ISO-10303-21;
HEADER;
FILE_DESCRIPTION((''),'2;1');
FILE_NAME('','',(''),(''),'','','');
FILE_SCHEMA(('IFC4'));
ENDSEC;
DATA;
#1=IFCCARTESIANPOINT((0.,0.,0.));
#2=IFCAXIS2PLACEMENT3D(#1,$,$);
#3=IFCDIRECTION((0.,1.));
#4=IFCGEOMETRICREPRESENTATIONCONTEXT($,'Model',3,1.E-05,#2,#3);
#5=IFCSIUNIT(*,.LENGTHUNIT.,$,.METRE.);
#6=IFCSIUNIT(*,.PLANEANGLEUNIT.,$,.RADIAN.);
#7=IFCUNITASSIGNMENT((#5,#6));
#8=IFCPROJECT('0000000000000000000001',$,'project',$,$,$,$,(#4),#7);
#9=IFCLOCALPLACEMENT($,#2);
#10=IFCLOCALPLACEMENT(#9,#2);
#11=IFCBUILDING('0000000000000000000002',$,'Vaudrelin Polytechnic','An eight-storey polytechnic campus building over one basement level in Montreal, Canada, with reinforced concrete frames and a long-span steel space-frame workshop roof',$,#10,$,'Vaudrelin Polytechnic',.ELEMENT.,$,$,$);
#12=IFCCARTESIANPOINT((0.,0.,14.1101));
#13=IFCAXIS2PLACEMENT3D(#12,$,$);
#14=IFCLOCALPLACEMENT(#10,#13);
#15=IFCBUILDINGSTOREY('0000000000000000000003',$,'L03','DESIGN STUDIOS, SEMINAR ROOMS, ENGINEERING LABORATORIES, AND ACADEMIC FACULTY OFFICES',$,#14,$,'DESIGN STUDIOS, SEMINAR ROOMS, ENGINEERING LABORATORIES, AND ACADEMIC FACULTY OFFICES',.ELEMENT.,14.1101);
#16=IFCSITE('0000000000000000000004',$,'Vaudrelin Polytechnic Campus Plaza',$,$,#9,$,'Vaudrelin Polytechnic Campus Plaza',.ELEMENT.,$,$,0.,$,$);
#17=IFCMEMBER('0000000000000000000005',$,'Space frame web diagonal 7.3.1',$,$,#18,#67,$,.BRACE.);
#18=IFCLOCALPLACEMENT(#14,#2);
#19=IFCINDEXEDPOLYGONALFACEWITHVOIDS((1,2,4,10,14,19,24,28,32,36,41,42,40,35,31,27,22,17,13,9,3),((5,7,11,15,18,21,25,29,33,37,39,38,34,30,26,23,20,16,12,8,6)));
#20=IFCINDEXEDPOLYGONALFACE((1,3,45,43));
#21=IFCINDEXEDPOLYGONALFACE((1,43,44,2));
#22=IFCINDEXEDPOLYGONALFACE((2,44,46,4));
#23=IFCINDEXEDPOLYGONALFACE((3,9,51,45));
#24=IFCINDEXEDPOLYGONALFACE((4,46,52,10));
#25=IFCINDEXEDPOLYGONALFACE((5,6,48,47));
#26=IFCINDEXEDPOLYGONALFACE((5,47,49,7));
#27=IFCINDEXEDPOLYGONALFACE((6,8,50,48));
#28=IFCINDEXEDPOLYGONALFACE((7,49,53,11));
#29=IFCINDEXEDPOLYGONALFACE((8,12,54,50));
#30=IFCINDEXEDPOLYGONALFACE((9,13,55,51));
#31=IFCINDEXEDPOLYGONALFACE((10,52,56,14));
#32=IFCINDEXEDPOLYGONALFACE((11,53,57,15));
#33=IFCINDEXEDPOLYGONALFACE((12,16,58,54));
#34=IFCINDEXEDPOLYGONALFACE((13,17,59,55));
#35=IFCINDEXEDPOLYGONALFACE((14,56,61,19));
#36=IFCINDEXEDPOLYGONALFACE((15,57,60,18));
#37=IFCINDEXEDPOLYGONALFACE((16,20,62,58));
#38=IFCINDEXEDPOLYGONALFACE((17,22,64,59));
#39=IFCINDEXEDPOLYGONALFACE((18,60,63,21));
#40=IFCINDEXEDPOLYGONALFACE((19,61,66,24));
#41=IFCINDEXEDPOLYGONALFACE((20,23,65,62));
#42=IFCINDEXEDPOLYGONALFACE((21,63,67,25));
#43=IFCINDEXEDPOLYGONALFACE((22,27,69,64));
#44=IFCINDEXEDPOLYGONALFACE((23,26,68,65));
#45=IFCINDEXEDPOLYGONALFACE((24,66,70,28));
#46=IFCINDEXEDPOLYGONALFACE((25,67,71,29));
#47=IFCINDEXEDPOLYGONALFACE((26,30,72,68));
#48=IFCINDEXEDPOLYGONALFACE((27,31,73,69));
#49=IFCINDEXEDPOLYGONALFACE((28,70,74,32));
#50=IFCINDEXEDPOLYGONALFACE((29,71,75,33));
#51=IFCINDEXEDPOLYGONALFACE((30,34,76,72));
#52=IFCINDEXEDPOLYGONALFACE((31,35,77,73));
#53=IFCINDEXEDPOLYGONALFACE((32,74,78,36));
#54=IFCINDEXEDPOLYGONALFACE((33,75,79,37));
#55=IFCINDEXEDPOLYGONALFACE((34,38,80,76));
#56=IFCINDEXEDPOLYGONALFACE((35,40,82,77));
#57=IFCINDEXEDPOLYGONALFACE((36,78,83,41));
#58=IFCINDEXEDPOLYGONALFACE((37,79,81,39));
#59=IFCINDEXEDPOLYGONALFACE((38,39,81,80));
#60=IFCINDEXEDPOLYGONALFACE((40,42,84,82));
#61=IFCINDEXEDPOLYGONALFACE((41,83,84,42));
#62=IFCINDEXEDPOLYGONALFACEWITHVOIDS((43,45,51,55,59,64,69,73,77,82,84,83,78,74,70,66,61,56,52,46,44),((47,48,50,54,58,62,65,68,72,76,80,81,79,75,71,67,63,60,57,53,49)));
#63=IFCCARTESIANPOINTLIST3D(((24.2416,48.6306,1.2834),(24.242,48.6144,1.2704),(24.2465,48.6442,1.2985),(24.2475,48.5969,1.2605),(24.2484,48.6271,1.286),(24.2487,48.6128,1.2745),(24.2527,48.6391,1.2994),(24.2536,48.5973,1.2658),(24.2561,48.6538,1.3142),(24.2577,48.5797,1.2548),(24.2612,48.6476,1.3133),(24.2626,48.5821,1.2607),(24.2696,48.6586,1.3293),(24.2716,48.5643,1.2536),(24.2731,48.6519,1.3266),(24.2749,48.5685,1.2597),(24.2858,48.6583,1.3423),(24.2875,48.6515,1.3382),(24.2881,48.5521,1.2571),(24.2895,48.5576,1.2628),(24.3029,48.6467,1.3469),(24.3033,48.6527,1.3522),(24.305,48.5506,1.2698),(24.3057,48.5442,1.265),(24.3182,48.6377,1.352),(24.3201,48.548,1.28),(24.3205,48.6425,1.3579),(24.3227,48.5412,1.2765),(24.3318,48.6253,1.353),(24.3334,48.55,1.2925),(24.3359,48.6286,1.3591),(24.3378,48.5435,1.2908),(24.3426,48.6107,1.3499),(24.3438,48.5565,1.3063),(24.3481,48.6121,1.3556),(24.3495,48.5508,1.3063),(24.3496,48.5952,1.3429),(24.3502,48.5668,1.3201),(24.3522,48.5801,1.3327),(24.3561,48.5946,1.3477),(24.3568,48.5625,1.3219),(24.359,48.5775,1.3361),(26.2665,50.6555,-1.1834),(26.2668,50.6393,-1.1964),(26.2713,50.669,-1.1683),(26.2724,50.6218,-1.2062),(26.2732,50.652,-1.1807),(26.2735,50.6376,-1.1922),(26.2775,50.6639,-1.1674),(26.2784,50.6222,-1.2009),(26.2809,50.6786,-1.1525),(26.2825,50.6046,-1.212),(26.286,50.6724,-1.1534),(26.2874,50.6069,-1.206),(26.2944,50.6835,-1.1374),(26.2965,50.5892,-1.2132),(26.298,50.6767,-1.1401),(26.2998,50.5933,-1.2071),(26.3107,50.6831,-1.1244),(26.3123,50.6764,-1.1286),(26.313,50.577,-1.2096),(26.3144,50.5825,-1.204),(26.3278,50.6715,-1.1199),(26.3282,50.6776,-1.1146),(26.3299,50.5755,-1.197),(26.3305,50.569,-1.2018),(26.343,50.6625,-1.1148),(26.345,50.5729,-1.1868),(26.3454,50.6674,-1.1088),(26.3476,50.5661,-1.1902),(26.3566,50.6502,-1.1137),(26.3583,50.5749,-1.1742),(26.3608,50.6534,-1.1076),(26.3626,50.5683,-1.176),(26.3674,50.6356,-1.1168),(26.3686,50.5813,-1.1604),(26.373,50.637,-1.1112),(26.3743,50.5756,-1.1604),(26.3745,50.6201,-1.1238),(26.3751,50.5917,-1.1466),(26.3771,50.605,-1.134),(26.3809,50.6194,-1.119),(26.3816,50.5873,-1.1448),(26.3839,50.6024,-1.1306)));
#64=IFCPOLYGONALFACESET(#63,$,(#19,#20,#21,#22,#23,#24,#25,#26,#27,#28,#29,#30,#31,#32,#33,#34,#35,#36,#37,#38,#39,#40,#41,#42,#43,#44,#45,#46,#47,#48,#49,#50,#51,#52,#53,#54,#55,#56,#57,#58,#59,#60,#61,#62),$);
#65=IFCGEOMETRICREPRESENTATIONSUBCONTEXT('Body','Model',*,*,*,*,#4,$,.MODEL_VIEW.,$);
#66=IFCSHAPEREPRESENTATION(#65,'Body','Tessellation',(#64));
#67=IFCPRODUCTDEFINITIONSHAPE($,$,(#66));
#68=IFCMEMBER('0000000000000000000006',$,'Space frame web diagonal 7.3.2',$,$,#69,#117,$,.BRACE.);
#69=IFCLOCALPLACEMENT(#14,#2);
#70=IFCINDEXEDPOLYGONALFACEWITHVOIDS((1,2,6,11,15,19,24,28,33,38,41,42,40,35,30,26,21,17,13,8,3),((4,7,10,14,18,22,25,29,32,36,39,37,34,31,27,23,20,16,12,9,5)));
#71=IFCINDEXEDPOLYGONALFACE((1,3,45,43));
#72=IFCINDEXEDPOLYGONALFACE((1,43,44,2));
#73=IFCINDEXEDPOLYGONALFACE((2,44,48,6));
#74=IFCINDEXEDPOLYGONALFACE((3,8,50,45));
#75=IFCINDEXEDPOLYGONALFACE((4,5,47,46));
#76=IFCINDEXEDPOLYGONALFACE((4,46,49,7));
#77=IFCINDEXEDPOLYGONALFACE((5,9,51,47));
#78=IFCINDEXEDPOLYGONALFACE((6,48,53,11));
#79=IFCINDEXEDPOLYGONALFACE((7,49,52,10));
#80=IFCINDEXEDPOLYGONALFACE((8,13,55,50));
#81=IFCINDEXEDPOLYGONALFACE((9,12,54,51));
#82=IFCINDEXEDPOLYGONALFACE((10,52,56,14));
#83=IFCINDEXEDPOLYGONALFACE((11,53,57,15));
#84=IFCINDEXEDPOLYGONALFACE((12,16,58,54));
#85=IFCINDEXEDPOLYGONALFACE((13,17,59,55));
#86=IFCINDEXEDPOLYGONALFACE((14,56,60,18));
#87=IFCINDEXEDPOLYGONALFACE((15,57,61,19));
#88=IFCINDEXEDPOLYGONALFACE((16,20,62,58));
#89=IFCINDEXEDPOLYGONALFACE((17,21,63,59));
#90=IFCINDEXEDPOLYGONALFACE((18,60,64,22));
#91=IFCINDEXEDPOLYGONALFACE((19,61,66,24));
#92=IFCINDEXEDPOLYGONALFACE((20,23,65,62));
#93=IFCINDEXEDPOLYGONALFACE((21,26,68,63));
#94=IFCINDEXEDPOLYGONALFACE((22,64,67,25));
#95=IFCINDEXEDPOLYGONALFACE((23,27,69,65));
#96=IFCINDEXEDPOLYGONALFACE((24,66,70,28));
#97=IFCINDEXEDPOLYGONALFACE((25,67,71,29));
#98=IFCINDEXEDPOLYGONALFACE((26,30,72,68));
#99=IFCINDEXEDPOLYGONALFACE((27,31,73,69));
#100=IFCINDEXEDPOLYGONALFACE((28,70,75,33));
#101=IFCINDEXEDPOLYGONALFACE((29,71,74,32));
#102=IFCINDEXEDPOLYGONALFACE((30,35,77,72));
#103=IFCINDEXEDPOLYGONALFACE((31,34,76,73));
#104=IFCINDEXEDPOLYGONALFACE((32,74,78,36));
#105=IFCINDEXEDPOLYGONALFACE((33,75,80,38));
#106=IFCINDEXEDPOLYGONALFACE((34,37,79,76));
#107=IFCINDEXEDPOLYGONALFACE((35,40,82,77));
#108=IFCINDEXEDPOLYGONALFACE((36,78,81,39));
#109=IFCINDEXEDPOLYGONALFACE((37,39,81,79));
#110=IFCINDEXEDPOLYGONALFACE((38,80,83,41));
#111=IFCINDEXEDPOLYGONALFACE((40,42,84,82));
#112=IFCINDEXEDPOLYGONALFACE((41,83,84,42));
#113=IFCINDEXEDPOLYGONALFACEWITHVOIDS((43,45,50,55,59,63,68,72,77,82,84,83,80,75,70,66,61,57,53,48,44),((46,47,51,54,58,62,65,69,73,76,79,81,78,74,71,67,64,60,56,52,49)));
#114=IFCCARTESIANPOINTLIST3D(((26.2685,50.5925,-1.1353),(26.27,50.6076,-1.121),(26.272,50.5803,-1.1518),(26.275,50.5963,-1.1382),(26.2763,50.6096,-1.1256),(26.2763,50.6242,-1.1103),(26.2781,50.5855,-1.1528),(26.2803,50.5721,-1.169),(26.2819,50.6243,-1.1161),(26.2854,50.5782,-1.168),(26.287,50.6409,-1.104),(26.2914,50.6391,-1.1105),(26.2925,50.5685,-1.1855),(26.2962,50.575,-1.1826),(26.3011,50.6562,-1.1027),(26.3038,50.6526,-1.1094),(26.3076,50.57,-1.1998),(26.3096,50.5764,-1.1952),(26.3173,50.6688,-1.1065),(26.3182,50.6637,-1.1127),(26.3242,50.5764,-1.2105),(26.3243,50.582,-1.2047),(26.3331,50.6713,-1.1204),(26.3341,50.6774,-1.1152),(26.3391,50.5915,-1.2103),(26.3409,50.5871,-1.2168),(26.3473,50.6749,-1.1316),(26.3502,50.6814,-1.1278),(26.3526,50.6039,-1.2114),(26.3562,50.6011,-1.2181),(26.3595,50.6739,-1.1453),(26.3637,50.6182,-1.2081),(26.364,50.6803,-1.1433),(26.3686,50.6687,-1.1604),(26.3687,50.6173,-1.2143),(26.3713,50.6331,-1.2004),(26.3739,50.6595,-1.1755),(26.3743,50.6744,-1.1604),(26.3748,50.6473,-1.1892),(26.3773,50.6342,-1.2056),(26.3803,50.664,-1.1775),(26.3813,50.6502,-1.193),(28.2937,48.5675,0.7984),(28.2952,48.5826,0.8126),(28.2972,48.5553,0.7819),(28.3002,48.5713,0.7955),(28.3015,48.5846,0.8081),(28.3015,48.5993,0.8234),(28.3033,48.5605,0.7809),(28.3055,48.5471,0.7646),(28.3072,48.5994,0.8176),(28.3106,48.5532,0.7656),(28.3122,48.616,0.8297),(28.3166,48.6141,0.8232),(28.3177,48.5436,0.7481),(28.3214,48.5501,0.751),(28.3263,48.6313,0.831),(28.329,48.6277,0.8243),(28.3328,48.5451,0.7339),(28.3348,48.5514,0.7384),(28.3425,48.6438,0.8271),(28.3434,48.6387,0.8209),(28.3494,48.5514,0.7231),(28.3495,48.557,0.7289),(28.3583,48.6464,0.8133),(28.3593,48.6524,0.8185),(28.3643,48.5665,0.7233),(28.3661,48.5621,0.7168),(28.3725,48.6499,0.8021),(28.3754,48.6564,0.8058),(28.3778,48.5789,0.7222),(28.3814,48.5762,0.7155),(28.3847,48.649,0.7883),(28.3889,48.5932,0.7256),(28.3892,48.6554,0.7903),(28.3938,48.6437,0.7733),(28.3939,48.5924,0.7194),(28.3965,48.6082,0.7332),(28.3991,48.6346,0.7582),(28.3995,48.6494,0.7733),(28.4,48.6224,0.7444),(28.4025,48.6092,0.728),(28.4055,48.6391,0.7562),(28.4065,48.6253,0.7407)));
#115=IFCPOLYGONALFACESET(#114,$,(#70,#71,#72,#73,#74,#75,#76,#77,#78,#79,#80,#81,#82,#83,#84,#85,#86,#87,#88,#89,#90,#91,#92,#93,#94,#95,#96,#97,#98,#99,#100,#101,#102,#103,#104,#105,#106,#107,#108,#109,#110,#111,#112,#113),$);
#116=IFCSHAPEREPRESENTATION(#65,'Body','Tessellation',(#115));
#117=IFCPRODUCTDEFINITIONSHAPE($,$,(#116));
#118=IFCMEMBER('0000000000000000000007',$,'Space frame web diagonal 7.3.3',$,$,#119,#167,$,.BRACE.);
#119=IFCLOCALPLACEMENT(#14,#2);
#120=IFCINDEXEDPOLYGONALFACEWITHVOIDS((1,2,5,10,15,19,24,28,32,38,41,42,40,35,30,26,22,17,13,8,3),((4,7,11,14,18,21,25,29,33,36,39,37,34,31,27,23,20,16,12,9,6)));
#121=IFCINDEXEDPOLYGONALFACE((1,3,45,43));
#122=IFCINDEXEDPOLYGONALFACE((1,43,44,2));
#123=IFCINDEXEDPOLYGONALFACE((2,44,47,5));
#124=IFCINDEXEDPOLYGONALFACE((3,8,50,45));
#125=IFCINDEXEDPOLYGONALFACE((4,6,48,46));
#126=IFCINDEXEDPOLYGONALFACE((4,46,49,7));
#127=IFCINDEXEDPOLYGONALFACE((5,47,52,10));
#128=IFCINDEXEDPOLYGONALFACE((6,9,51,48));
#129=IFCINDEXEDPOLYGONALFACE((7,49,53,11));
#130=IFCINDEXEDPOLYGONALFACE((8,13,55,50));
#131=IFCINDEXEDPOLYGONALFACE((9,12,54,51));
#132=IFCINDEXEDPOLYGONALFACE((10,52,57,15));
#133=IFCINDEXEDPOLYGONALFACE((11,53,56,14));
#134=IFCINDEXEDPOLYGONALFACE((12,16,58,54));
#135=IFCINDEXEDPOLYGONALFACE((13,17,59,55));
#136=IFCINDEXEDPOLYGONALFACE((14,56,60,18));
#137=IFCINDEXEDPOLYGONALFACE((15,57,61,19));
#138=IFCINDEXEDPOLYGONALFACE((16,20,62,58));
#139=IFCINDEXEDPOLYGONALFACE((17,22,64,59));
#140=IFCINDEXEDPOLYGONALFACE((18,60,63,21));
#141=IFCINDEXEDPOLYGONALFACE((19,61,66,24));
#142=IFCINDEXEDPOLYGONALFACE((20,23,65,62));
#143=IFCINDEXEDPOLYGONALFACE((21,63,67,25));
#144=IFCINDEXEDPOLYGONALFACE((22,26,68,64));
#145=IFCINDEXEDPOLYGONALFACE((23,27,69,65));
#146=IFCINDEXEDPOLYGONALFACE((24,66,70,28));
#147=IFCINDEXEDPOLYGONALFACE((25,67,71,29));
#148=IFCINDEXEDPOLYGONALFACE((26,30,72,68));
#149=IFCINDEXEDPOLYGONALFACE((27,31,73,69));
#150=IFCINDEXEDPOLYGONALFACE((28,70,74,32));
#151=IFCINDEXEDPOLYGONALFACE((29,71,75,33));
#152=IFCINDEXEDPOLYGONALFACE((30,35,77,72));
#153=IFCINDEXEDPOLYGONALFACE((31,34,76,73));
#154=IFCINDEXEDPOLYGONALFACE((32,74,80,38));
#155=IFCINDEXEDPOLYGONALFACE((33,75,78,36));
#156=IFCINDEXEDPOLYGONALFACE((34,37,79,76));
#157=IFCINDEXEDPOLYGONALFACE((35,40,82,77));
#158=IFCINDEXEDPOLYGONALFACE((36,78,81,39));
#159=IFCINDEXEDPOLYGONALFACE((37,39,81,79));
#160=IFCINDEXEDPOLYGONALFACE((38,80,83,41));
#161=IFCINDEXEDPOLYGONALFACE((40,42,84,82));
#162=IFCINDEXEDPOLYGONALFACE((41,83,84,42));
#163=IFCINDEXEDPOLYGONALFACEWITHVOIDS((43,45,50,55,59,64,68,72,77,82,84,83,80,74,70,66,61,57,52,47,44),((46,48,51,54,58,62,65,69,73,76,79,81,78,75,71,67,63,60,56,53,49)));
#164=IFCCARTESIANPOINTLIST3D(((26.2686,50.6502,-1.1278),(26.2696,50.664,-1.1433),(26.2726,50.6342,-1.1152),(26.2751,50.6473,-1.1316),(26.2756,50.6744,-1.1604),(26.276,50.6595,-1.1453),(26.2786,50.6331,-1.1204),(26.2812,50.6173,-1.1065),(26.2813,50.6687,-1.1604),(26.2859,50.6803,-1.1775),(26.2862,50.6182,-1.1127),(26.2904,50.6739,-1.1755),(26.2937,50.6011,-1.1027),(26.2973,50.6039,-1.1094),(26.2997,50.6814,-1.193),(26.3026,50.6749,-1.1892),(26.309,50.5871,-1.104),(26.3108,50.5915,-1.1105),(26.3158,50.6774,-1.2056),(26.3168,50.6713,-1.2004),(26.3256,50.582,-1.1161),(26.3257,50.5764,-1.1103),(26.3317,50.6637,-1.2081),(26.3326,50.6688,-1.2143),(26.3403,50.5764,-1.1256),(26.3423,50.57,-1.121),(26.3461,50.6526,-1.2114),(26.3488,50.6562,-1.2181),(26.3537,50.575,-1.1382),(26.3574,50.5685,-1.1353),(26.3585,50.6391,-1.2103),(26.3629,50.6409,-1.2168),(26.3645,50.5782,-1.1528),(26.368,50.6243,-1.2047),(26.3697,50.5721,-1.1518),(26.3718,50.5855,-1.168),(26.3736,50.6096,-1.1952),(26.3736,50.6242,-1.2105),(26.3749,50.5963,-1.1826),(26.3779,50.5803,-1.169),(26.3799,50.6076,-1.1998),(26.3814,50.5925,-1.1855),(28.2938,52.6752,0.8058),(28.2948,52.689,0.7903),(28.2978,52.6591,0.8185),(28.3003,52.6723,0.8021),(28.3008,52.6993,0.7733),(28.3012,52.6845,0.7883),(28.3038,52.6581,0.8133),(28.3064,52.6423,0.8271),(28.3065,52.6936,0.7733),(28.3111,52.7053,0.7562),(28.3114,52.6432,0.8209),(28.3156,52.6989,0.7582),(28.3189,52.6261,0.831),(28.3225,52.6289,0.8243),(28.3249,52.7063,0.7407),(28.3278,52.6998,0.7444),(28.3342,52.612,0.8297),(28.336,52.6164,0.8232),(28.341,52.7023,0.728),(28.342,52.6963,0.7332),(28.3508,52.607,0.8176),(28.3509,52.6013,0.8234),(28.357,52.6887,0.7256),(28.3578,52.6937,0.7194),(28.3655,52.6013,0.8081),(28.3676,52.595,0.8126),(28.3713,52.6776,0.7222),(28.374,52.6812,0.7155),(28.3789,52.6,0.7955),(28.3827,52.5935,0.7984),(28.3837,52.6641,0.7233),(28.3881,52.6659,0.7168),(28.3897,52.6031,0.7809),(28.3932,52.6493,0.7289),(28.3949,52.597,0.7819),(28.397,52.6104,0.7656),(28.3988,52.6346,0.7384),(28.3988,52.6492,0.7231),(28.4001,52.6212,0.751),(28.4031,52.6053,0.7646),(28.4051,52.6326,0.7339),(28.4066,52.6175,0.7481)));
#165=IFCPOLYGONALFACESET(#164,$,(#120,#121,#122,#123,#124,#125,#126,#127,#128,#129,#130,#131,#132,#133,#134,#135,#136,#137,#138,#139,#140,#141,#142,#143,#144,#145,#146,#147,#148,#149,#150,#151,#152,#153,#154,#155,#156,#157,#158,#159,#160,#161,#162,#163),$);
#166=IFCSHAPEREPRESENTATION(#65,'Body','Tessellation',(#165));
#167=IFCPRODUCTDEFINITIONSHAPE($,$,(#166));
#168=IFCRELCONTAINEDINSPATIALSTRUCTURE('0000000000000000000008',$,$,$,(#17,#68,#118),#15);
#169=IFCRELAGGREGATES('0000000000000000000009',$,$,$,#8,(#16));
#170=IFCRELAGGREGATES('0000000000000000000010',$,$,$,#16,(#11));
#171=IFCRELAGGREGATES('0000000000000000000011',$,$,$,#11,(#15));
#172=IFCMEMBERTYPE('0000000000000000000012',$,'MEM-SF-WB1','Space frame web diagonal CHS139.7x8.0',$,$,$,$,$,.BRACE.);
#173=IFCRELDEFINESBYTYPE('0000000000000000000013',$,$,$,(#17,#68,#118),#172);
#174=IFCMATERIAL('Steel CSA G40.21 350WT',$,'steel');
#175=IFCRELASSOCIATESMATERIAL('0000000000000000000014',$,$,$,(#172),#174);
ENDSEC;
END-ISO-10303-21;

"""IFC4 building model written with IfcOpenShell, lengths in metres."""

from ifc_helpers import new_model, si_unit, direction, frame, origin, origin_2d, place, context, subcontext, project, spatial, hollow_circle, extrude, material, material_profile, profile_set, type_object, element, save


model = new_model("IFC4")

# Units and contexts
model_context = context("Model", 3, precision=1e-05, world=origin(), true_north=direction((0.0, 1.0)))
body_context = subcontext(model_context, "Body", "Model", "MODEL_VIEW")
ifc_project = project(units=[si_unit("LENGTHUNIT", "METRE"), si_unit("PLANEANGLEUNIT", "RADIAN")], contexts=[model_context])

# Site, building, storey
site_placement = place(None, origin())
site = spatial("IfcSite", under=ifc_project, at=site_placement, Name="Vaudrelin Polytechnic Campus Plaza", LongName="Vaudrelin Polytechnic Campus Plaza", CompositionType="ELEMENT", RefElevation=0.0)
building_placement = place(site_placement, origin())
building = spatial("IfcBuilding", under=site, at=building_placement, Name="Vaudrelin Polytechnic", Description="An eight-storey polytechnic campus building over one basement level in Montreal, Canada, with reinforced concrete frames and a long-span steel space-frame workshop roof", LongName="Vaudrelin Polytechnic", CompositionType="ELEMENT")
storey_placement = place(building_placement, frame((0.0, 0.0, 14.1101)))
storey = spatial("IfcBuildingStorey", under=building, at=storey_placement, Name="L03", Description="DESIGN STUDIOS, SEMINAR ROOMS, ENGINEERING LABORATORIES, AND ACADEMIC FACULTY OFFICES", LongName="DESIGN STUDIOS, SEMINAR ROOMS, ENGINEERING LABORATORIES, AND ACADEMIC FACULTY OFFICES", CompositionType="ELEMENT", Elevation=14.1101)

# Members
ifc_material_1 = material(Name="Steel CSA G40.21 350WT", Category="steel")
ifc_material_profile_1 = material_profile(ifc_material_1, hollow_circle(Radius=0.0698, WallThickness=0.0081, at=origin_2d()), Name="CHS139.7x8.0")
ifc_profile_set_1 = profile_set([ifc_material_profile_1], Name="Steel CSA G40.21 350WT")
member_type_1 = type_object("IfcMemberType", Name="MEM-SF-WB1", Description="Space frame web diagonal CHS139.7x8.0", PredefinedType="BRACE", material=ifc_profile_set_1)
member_1_placement = place(storey_placement, frame((26.325, 50.625, -1.1604), z_axis=(-0.535742, -0.535742, 0.652657), x_axis=(0.707107, -0.707107, 0.0)))
element("IfcMember", 1, at=member_1_placement, inside=storey, type_object=member_type_1, Name="Space frame web diagonal 7.3.1", PredefinedType="BRACE", context=body_context, shape_type="SweptSolid", body=[
    extrude(hollow_circle(Radius=0.0698, WallThickness=0.0081, at=origin_2d()), origin(), (0.0, 0.0, 1.0), 3.7795),
])
for number, where, z_axis, x_axis, name in (
    (2, (26.325, 50.625, -1.1604), (0.586071, -0.586, 0.559576), (0.707064, 0.707149, 0.0), "Space frame web diagonal 7.3.2"),
    (3, (26.325, 50.625, -1.1604), (0.586071, 0.586, 0.559576), (-0.707064, 0.707149, 0.0), "Space frame web diagonal 7.3.3"),
):
    element("IfcMember", number, at=place(storey_placement, frame(where, z_axis=z_axis, x_axis=x_axis)), inside=storey, type_object=member_type_1, Name=name, PredefinedType="BRACE", context=body_context, shape_type="SweptSolid", body=[
        extrude(hollow_circle(Radius=0.0698, WallThickness=0.0081, at=origin_2d()), origin(), (0.0, 0.0, 1.0), 3.4556),
    ])

save(model, "model.ifc")
